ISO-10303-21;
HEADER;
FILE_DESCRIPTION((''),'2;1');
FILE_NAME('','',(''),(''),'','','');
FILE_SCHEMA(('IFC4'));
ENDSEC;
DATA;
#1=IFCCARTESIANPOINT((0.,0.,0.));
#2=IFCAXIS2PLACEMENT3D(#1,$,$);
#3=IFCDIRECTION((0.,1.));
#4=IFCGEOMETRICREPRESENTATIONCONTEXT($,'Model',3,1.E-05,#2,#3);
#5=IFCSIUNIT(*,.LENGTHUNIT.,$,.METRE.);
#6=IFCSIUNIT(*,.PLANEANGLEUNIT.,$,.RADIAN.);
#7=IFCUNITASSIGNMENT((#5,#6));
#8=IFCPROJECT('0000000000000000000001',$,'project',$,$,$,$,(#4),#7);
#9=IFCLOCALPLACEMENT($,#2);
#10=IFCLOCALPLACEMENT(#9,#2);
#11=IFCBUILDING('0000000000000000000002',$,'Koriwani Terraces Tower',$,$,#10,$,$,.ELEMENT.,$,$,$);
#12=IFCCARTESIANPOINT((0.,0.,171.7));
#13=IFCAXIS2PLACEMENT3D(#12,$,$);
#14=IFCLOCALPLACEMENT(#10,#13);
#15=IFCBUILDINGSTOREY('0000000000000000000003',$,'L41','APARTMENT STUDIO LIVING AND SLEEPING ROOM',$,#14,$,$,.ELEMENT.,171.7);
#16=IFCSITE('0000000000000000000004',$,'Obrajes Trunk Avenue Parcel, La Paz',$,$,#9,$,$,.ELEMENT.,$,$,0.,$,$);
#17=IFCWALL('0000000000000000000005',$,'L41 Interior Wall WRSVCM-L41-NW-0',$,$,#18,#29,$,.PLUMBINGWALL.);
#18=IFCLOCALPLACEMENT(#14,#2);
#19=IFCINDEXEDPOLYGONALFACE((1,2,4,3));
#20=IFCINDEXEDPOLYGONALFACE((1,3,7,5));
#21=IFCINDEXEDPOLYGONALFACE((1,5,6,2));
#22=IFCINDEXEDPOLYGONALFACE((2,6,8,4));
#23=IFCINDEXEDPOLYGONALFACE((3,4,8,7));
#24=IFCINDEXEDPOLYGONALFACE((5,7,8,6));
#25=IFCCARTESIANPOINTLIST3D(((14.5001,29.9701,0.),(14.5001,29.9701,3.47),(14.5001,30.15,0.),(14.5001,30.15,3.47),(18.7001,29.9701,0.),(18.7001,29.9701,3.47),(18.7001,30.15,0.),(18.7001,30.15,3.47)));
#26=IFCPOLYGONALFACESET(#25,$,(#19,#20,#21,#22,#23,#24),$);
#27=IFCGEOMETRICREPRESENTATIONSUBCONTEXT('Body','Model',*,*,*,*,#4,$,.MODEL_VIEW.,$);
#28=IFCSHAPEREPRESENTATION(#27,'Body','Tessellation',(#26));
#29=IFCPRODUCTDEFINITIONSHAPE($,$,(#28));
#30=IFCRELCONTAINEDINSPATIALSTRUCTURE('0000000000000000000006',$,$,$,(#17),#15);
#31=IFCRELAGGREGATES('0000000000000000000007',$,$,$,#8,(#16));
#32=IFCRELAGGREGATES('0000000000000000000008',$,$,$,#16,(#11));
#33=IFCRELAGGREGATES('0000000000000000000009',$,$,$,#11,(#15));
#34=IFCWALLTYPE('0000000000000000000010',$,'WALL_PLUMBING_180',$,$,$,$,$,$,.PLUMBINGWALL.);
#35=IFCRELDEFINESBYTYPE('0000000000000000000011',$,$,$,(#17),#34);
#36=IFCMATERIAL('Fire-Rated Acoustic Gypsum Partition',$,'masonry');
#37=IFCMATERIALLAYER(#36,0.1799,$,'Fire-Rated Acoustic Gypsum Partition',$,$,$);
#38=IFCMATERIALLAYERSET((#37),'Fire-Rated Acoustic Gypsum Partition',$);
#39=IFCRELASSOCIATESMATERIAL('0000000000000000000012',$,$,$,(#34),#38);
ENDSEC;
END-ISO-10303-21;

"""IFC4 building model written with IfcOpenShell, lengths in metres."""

from ifc_helpers import new_model, si_unit, direction, frame, frame_2d, origin, place, context, subcontext, project, spatial, rectangle, extrude, material, layer, layer_set, type_object, element, save


model = new_model("IFC4")

# Units and contexts
model_context = context("Model", 3, precision=1e-05, world=origin(), true_north=direction((0.0, 1.0)))
body_context = subcontext(model_context, "Body", "Model", "MODEL_VIEW")
ifc_project = project(units=[si_unit("LENGTHUNIT", "METRE"), si_unit("PLANEANGLEUNIT", "RADIAN")], contexts=[model_context])

# Site, building, storey
site_placement = place(None, origin())
site = spatial("IfcSite", under=ifc_project, at=site_placement, Name="Obrajes Trunk Avenue Parcel, La Paz", CompositionType="ELEMENT", RefElevation=0.0)
building_placement = place(site_placement, origin())
building = spatial("IfcBuilding", under=site, at=building_placement, Name="Koriwani Terraces Tower", CompositionType="ELEMENT")
storey_placement = place(building_placement, frame((0.0, 0.0, 171.7)))
storey = spatial("IfcBuildingStorey", under=building, at=storey_placement, Name="L41", Description="APARTMENT STUDIO LIVING AND SLEEPING ROOM", CompositionType="ELEMENT", Elevation=171.7)

# Shared definitions
ifc_material_1 = material(Name="Fire-Rated Acoustic Gypsum Partition", Category="masonry")
ifc_layer_1 = layer(ifc_material_1, 0.1799, Name="Fire-Rated Acoustic Gypsum Partition")
ifc_layer_set_1 = layer_set([ifc_layer_1], Name="Fire-Rated Acoustic Gypsum Partition")
wall_type_1 = type_object("IfcWallType", Name="WALL_PLUMBING_180", PredefinedType="PLUMBINGWALL", material=ifc_layer_set_1)

# Wall
for number, where, z_axis, x_axis, name in (
    (1, (14.5, 30.0601, 0.0), (0.0, 0.0, 1.0), (1.0, 0.0, 0.0), "L41 Interior Wall WRSVCM-L41-NW-0"),
):
    element("IfcWall", number, at=place(storey_placement, frame(where, z_axis=z_axis, x_axis=x_axis)), inside=storey, type_object=wall_type_1, Name=name, PredefinedType="PLUMBINGWALL", context=body_context, shape_type="SweptSolid", body=[
        extrude(rectangle(XDim=4.2, YDim=0.1799, at=frame_2d((2.1001, 0.0))), origin(), (0.0, 0.0, 1.0), 3.47),
    ])

save(model, "model.ifc")
